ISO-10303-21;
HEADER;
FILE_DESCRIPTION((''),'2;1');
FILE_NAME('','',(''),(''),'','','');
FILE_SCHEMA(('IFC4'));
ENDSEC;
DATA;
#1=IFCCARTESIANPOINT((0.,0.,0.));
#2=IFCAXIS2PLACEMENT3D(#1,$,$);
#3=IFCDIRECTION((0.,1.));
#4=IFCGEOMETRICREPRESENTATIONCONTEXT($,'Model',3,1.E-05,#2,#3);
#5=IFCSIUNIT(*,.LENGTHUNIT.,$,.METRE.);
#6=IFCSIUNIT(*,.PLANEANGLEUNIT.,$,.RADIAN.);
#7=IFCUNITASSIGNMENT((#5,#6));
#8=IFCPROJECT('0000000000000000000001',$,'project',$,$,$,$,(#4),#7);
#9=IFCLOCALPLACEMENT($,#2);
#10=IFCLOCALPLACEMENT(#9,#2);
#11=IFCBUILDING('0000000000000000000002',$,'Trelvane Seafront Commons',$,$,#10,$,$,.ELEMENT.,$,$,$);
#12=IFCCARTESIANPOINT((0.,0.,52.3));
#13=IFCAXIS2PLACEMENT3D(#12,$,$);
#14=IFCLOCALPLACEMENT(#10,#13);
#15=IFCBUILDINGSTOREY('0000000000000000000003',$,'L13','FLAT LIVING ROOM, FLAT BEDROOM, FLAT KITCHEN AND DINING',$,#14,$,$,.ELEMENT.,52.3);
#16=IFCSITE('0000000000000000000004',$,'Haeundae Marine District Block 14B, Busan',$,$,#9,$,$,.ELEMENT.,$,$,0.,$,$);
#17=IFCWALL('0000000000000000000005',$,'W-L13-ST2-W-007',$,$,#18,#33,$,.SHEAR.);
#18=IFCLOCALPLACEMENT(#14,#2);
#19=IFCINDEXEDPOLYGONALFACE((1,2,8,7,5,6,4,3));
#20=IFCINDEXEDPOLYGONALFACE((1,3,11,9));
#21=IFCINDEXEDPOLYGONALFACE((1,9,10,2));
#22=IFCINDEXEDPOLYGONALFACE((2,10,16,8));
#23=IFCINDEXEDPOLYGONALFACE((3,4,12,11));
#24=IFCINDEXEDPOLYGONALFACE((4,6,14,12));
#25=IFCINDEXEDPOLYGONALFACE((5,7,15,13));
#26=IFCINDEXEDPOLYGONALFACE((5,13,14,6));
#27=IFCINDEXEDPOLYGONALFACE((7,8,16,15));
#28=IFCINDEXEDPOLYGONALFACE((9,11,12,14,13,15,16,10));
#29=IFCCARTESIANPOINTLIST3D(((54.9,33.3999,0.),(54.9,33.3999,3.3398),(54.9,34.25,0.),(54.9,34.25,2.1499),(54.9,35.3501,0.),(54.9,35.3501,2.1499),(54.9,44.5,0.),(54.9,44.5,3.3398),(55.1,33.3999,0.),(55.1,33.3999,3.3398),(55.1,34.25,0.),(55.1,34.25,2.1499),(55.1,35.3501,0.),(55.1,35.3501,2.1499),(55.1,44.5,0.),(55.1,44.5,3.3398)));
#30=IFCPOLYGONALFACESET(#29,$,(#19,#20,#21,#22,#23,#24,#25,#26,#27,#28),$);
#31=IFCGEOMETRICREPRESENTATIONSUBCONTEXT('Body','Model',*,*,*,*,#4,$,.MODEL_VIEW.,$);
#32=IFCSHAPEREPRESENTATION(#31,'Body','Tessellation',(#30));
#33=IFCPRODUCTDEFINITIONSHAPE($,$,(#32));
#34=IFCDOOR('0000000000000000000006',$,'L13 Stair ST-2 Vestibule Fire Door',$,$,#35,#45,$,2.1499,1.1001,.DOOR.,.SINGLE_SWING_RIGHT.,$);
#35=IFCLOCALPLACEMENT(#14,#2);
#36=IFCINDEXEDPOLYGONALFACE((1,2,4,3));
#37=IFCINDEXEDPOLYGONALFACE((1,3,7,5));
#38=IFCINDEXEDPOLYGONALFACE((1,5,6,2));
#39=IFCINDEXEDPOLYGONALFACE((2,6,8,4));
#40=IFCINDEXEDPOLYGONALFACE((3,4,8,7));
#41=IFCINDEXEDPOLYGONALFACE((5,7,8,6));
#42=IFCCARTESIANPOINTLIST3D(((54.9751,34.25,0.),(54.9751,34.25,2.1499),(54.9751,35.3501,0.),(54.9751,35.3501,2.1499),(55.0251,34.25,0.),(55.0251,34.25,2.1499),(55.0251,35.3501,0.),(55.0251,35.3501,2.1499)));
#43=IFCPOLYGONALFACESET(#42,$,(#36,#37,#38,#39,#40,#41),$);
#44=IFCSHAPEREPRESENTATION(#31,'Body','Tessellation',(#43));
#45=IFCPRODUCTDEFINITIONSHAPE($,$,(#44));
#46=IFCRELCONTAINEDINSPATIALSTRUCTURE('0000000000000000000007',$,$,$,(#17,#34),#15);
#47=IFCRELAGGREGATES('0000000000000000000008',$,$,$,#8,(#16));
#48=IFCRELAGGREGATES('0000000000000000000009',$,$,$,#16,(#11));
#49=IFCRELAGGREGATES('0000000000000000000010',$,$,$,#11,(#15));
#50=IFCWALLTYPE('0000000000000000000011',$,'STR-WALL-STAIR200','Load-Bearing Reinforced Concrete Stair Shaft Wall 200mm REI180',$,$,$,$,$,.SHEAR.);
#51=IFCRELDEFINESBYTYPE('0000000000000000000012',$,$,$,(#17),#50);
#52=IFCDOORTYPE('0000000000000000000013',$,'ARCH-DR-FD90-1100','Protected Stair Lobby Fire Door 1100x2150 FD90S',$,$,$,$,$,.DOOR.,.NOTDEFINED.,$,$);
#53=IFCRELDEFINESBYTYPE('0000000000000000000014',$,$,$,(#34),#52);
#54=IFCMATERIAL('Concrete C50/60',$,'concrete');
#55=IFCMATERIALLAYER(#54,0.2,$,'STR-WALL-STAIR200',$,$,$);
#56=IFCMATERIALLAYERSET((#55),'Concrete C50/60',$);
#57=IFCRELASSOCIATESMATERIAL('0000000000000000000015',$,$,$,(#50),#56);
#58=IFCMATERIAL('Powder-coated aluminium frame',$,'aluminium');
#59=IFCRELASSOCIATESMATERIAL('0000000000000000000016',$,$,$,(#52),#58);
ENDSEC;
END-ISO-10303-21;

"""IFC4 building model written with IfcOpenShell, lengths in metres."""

from ifc_helpers import new_model, si_unit, direction, frame, frame_2d, origin, place, context, subcontext, project, spatial, rectangle, extrude, source, transform, mapped, material, layer, layer_set, type_object, element, fill, save


model = new_model("IFC4")

# Units and contexts
model_context = context("Model", 3, precision=1e-05, world=origin(), true_north=direction((0.0, 1.0)))
body_context = subcontext(model_context, "Body", "Model", "MODEL_VIEW")
ifc_project = project(units=[si_unit("LENGTHUNIT", "METRE"), si_unit("PLANEANGLEUNIT", "RADIAN")], contexts=[model_context])

# Site, building, storey
site_placement = place(None, origin())
site = spatial("IfcSite", under=ifc_project, at=site_placement, Name="Haeundae Marine District Block 14B, Busan", CompositionType="ELEMENT", RefElevation=0.0)
building_placement = place(site_placement, origin())
building = spatial("IfcBuilding", under=site, at=building_placement, Name="Trelvane Seafront Commons", CompositionType="ELEMENT")
storey_placement = place(building_placement, frame((0.0, 0.0, 52.3)))
storey = spatial("IfcBuildingStorey", under=building, at=storey_placement, Name="L13", Description="FLAT LIVING ROOM, FLAT BEDROOM, FLAT KITCHEN AND DINING", CompositionType="ELEMENT", Elevation=52.3)

# Shared definitions
ifc_material_1 = material(Name="Powder-coated aluminium frame", Category="aluminium")

# Wall, opening, door
ifc_material_2 = material(Name="Concrete C50/60", Category="concrete")
ifc_layer_1 = layer(ifc_material_2, 0.2, Name="STR-WALL-STAIR200")
ifc_layer_set_1 = layer_set([ifc_layer_1], Name="Concrete C50/60")
wall_type_1 = type_object("IfcWallType", Name="STR-WALL-STAIR200", Description="Load-Bearing Reinforced Concrete Stair Shaft Wall 200mm REI180", PredefinedType="SHEAR", material=ifc_layer_set_1)
wall_1_placement = place(storey_placement, frame((55.0, 33.3999, 0.0), z_axis=(0.0, 0.0, 1.0), x_axis=(0.0, 1.0, 0.0)))
wall_1 = element("IfcWall", 1, at=wall_1_placement, inside=storey, type_object=wall_type_1, Name="W-L13-ST2-W-007", PredefinedType="SHEAR", context=body_context, shape_type="SweptSolid", body=[
    extrude(rectangle(XDim=11.1001, YDim=0.2, at=frame_2d((5.55, 0.0))), origin(), (0.0, 0.0, 1.0), 3.3398),
])
opening_1_placement = place(wall_1_placement, frame((0.8501, 0.0, 0.0)))
opening_1 = element("IfcOpeningElement", 2, at=opening_1_placement, cuts=wall_1, PredefinedType="OPENING", context=body_context, shape_type="SweptSolid", body=[
    extrude(rectangle(XDim=1.1001, YDim=2.1499, at=frame_2d((0.55, 1.075))), frame((0.0, 0.1099, 0.0), z_axis=(0.0, -1.0, 0.0), x_axis=(1.0, 0.0, 0.0)), (0.0, 0.0, 1.0), 0.22),
])
door_type_1 = type_object("IfcDoorType", Name="ARCH-DR-FD90-1100", Description="Protected Stair Lobby Fire Door 1100x2150 FD90S", OperationType="NOTDEFINED", PredefinedType="DOOR", material=ifc_material_1)
shared_shape_1 = source(origin(), body_context, "Body", "SweptSolid", [
    extrude(rectangle(XDim=1.1001, YDim=2.1499, at=frame_2d((0.55, 1.075))), frame((0.0, 0.0249, 0.0), z_axis=(0.0, -1.0, 0.0), x_axis=(1.0, 0.0, 0.0)), (0.0, 0.0, 1.0), 0.05),
])
door_1_placement = place(opening_1_placement, origin())
door_1 = element("IfcDoor", 3, at=door_1_placement, inside=storey, type_object=door_type_1, Name="L13 Stair ST-2 Vestibule Fire Door", OperationType="SINGLE_SWING_RIGHT", OverallHeight=2.1499, OverallWidth=1.1001, PredefinedType="DOOR", context=body_context, shape_type="MappedRepresentation", body=[
    mapped(shared_shape_1, transform((0.0, 0.0, 0.0), x_axis=(1.0, 0.0, 0.0), y_axis=(0.0, 1.0, 0.0), z_axis=(0.0, 0.0, 1.0), scale=1.0)),
])
fill(opening_1, door_1)

save(model, "model.ifc")
